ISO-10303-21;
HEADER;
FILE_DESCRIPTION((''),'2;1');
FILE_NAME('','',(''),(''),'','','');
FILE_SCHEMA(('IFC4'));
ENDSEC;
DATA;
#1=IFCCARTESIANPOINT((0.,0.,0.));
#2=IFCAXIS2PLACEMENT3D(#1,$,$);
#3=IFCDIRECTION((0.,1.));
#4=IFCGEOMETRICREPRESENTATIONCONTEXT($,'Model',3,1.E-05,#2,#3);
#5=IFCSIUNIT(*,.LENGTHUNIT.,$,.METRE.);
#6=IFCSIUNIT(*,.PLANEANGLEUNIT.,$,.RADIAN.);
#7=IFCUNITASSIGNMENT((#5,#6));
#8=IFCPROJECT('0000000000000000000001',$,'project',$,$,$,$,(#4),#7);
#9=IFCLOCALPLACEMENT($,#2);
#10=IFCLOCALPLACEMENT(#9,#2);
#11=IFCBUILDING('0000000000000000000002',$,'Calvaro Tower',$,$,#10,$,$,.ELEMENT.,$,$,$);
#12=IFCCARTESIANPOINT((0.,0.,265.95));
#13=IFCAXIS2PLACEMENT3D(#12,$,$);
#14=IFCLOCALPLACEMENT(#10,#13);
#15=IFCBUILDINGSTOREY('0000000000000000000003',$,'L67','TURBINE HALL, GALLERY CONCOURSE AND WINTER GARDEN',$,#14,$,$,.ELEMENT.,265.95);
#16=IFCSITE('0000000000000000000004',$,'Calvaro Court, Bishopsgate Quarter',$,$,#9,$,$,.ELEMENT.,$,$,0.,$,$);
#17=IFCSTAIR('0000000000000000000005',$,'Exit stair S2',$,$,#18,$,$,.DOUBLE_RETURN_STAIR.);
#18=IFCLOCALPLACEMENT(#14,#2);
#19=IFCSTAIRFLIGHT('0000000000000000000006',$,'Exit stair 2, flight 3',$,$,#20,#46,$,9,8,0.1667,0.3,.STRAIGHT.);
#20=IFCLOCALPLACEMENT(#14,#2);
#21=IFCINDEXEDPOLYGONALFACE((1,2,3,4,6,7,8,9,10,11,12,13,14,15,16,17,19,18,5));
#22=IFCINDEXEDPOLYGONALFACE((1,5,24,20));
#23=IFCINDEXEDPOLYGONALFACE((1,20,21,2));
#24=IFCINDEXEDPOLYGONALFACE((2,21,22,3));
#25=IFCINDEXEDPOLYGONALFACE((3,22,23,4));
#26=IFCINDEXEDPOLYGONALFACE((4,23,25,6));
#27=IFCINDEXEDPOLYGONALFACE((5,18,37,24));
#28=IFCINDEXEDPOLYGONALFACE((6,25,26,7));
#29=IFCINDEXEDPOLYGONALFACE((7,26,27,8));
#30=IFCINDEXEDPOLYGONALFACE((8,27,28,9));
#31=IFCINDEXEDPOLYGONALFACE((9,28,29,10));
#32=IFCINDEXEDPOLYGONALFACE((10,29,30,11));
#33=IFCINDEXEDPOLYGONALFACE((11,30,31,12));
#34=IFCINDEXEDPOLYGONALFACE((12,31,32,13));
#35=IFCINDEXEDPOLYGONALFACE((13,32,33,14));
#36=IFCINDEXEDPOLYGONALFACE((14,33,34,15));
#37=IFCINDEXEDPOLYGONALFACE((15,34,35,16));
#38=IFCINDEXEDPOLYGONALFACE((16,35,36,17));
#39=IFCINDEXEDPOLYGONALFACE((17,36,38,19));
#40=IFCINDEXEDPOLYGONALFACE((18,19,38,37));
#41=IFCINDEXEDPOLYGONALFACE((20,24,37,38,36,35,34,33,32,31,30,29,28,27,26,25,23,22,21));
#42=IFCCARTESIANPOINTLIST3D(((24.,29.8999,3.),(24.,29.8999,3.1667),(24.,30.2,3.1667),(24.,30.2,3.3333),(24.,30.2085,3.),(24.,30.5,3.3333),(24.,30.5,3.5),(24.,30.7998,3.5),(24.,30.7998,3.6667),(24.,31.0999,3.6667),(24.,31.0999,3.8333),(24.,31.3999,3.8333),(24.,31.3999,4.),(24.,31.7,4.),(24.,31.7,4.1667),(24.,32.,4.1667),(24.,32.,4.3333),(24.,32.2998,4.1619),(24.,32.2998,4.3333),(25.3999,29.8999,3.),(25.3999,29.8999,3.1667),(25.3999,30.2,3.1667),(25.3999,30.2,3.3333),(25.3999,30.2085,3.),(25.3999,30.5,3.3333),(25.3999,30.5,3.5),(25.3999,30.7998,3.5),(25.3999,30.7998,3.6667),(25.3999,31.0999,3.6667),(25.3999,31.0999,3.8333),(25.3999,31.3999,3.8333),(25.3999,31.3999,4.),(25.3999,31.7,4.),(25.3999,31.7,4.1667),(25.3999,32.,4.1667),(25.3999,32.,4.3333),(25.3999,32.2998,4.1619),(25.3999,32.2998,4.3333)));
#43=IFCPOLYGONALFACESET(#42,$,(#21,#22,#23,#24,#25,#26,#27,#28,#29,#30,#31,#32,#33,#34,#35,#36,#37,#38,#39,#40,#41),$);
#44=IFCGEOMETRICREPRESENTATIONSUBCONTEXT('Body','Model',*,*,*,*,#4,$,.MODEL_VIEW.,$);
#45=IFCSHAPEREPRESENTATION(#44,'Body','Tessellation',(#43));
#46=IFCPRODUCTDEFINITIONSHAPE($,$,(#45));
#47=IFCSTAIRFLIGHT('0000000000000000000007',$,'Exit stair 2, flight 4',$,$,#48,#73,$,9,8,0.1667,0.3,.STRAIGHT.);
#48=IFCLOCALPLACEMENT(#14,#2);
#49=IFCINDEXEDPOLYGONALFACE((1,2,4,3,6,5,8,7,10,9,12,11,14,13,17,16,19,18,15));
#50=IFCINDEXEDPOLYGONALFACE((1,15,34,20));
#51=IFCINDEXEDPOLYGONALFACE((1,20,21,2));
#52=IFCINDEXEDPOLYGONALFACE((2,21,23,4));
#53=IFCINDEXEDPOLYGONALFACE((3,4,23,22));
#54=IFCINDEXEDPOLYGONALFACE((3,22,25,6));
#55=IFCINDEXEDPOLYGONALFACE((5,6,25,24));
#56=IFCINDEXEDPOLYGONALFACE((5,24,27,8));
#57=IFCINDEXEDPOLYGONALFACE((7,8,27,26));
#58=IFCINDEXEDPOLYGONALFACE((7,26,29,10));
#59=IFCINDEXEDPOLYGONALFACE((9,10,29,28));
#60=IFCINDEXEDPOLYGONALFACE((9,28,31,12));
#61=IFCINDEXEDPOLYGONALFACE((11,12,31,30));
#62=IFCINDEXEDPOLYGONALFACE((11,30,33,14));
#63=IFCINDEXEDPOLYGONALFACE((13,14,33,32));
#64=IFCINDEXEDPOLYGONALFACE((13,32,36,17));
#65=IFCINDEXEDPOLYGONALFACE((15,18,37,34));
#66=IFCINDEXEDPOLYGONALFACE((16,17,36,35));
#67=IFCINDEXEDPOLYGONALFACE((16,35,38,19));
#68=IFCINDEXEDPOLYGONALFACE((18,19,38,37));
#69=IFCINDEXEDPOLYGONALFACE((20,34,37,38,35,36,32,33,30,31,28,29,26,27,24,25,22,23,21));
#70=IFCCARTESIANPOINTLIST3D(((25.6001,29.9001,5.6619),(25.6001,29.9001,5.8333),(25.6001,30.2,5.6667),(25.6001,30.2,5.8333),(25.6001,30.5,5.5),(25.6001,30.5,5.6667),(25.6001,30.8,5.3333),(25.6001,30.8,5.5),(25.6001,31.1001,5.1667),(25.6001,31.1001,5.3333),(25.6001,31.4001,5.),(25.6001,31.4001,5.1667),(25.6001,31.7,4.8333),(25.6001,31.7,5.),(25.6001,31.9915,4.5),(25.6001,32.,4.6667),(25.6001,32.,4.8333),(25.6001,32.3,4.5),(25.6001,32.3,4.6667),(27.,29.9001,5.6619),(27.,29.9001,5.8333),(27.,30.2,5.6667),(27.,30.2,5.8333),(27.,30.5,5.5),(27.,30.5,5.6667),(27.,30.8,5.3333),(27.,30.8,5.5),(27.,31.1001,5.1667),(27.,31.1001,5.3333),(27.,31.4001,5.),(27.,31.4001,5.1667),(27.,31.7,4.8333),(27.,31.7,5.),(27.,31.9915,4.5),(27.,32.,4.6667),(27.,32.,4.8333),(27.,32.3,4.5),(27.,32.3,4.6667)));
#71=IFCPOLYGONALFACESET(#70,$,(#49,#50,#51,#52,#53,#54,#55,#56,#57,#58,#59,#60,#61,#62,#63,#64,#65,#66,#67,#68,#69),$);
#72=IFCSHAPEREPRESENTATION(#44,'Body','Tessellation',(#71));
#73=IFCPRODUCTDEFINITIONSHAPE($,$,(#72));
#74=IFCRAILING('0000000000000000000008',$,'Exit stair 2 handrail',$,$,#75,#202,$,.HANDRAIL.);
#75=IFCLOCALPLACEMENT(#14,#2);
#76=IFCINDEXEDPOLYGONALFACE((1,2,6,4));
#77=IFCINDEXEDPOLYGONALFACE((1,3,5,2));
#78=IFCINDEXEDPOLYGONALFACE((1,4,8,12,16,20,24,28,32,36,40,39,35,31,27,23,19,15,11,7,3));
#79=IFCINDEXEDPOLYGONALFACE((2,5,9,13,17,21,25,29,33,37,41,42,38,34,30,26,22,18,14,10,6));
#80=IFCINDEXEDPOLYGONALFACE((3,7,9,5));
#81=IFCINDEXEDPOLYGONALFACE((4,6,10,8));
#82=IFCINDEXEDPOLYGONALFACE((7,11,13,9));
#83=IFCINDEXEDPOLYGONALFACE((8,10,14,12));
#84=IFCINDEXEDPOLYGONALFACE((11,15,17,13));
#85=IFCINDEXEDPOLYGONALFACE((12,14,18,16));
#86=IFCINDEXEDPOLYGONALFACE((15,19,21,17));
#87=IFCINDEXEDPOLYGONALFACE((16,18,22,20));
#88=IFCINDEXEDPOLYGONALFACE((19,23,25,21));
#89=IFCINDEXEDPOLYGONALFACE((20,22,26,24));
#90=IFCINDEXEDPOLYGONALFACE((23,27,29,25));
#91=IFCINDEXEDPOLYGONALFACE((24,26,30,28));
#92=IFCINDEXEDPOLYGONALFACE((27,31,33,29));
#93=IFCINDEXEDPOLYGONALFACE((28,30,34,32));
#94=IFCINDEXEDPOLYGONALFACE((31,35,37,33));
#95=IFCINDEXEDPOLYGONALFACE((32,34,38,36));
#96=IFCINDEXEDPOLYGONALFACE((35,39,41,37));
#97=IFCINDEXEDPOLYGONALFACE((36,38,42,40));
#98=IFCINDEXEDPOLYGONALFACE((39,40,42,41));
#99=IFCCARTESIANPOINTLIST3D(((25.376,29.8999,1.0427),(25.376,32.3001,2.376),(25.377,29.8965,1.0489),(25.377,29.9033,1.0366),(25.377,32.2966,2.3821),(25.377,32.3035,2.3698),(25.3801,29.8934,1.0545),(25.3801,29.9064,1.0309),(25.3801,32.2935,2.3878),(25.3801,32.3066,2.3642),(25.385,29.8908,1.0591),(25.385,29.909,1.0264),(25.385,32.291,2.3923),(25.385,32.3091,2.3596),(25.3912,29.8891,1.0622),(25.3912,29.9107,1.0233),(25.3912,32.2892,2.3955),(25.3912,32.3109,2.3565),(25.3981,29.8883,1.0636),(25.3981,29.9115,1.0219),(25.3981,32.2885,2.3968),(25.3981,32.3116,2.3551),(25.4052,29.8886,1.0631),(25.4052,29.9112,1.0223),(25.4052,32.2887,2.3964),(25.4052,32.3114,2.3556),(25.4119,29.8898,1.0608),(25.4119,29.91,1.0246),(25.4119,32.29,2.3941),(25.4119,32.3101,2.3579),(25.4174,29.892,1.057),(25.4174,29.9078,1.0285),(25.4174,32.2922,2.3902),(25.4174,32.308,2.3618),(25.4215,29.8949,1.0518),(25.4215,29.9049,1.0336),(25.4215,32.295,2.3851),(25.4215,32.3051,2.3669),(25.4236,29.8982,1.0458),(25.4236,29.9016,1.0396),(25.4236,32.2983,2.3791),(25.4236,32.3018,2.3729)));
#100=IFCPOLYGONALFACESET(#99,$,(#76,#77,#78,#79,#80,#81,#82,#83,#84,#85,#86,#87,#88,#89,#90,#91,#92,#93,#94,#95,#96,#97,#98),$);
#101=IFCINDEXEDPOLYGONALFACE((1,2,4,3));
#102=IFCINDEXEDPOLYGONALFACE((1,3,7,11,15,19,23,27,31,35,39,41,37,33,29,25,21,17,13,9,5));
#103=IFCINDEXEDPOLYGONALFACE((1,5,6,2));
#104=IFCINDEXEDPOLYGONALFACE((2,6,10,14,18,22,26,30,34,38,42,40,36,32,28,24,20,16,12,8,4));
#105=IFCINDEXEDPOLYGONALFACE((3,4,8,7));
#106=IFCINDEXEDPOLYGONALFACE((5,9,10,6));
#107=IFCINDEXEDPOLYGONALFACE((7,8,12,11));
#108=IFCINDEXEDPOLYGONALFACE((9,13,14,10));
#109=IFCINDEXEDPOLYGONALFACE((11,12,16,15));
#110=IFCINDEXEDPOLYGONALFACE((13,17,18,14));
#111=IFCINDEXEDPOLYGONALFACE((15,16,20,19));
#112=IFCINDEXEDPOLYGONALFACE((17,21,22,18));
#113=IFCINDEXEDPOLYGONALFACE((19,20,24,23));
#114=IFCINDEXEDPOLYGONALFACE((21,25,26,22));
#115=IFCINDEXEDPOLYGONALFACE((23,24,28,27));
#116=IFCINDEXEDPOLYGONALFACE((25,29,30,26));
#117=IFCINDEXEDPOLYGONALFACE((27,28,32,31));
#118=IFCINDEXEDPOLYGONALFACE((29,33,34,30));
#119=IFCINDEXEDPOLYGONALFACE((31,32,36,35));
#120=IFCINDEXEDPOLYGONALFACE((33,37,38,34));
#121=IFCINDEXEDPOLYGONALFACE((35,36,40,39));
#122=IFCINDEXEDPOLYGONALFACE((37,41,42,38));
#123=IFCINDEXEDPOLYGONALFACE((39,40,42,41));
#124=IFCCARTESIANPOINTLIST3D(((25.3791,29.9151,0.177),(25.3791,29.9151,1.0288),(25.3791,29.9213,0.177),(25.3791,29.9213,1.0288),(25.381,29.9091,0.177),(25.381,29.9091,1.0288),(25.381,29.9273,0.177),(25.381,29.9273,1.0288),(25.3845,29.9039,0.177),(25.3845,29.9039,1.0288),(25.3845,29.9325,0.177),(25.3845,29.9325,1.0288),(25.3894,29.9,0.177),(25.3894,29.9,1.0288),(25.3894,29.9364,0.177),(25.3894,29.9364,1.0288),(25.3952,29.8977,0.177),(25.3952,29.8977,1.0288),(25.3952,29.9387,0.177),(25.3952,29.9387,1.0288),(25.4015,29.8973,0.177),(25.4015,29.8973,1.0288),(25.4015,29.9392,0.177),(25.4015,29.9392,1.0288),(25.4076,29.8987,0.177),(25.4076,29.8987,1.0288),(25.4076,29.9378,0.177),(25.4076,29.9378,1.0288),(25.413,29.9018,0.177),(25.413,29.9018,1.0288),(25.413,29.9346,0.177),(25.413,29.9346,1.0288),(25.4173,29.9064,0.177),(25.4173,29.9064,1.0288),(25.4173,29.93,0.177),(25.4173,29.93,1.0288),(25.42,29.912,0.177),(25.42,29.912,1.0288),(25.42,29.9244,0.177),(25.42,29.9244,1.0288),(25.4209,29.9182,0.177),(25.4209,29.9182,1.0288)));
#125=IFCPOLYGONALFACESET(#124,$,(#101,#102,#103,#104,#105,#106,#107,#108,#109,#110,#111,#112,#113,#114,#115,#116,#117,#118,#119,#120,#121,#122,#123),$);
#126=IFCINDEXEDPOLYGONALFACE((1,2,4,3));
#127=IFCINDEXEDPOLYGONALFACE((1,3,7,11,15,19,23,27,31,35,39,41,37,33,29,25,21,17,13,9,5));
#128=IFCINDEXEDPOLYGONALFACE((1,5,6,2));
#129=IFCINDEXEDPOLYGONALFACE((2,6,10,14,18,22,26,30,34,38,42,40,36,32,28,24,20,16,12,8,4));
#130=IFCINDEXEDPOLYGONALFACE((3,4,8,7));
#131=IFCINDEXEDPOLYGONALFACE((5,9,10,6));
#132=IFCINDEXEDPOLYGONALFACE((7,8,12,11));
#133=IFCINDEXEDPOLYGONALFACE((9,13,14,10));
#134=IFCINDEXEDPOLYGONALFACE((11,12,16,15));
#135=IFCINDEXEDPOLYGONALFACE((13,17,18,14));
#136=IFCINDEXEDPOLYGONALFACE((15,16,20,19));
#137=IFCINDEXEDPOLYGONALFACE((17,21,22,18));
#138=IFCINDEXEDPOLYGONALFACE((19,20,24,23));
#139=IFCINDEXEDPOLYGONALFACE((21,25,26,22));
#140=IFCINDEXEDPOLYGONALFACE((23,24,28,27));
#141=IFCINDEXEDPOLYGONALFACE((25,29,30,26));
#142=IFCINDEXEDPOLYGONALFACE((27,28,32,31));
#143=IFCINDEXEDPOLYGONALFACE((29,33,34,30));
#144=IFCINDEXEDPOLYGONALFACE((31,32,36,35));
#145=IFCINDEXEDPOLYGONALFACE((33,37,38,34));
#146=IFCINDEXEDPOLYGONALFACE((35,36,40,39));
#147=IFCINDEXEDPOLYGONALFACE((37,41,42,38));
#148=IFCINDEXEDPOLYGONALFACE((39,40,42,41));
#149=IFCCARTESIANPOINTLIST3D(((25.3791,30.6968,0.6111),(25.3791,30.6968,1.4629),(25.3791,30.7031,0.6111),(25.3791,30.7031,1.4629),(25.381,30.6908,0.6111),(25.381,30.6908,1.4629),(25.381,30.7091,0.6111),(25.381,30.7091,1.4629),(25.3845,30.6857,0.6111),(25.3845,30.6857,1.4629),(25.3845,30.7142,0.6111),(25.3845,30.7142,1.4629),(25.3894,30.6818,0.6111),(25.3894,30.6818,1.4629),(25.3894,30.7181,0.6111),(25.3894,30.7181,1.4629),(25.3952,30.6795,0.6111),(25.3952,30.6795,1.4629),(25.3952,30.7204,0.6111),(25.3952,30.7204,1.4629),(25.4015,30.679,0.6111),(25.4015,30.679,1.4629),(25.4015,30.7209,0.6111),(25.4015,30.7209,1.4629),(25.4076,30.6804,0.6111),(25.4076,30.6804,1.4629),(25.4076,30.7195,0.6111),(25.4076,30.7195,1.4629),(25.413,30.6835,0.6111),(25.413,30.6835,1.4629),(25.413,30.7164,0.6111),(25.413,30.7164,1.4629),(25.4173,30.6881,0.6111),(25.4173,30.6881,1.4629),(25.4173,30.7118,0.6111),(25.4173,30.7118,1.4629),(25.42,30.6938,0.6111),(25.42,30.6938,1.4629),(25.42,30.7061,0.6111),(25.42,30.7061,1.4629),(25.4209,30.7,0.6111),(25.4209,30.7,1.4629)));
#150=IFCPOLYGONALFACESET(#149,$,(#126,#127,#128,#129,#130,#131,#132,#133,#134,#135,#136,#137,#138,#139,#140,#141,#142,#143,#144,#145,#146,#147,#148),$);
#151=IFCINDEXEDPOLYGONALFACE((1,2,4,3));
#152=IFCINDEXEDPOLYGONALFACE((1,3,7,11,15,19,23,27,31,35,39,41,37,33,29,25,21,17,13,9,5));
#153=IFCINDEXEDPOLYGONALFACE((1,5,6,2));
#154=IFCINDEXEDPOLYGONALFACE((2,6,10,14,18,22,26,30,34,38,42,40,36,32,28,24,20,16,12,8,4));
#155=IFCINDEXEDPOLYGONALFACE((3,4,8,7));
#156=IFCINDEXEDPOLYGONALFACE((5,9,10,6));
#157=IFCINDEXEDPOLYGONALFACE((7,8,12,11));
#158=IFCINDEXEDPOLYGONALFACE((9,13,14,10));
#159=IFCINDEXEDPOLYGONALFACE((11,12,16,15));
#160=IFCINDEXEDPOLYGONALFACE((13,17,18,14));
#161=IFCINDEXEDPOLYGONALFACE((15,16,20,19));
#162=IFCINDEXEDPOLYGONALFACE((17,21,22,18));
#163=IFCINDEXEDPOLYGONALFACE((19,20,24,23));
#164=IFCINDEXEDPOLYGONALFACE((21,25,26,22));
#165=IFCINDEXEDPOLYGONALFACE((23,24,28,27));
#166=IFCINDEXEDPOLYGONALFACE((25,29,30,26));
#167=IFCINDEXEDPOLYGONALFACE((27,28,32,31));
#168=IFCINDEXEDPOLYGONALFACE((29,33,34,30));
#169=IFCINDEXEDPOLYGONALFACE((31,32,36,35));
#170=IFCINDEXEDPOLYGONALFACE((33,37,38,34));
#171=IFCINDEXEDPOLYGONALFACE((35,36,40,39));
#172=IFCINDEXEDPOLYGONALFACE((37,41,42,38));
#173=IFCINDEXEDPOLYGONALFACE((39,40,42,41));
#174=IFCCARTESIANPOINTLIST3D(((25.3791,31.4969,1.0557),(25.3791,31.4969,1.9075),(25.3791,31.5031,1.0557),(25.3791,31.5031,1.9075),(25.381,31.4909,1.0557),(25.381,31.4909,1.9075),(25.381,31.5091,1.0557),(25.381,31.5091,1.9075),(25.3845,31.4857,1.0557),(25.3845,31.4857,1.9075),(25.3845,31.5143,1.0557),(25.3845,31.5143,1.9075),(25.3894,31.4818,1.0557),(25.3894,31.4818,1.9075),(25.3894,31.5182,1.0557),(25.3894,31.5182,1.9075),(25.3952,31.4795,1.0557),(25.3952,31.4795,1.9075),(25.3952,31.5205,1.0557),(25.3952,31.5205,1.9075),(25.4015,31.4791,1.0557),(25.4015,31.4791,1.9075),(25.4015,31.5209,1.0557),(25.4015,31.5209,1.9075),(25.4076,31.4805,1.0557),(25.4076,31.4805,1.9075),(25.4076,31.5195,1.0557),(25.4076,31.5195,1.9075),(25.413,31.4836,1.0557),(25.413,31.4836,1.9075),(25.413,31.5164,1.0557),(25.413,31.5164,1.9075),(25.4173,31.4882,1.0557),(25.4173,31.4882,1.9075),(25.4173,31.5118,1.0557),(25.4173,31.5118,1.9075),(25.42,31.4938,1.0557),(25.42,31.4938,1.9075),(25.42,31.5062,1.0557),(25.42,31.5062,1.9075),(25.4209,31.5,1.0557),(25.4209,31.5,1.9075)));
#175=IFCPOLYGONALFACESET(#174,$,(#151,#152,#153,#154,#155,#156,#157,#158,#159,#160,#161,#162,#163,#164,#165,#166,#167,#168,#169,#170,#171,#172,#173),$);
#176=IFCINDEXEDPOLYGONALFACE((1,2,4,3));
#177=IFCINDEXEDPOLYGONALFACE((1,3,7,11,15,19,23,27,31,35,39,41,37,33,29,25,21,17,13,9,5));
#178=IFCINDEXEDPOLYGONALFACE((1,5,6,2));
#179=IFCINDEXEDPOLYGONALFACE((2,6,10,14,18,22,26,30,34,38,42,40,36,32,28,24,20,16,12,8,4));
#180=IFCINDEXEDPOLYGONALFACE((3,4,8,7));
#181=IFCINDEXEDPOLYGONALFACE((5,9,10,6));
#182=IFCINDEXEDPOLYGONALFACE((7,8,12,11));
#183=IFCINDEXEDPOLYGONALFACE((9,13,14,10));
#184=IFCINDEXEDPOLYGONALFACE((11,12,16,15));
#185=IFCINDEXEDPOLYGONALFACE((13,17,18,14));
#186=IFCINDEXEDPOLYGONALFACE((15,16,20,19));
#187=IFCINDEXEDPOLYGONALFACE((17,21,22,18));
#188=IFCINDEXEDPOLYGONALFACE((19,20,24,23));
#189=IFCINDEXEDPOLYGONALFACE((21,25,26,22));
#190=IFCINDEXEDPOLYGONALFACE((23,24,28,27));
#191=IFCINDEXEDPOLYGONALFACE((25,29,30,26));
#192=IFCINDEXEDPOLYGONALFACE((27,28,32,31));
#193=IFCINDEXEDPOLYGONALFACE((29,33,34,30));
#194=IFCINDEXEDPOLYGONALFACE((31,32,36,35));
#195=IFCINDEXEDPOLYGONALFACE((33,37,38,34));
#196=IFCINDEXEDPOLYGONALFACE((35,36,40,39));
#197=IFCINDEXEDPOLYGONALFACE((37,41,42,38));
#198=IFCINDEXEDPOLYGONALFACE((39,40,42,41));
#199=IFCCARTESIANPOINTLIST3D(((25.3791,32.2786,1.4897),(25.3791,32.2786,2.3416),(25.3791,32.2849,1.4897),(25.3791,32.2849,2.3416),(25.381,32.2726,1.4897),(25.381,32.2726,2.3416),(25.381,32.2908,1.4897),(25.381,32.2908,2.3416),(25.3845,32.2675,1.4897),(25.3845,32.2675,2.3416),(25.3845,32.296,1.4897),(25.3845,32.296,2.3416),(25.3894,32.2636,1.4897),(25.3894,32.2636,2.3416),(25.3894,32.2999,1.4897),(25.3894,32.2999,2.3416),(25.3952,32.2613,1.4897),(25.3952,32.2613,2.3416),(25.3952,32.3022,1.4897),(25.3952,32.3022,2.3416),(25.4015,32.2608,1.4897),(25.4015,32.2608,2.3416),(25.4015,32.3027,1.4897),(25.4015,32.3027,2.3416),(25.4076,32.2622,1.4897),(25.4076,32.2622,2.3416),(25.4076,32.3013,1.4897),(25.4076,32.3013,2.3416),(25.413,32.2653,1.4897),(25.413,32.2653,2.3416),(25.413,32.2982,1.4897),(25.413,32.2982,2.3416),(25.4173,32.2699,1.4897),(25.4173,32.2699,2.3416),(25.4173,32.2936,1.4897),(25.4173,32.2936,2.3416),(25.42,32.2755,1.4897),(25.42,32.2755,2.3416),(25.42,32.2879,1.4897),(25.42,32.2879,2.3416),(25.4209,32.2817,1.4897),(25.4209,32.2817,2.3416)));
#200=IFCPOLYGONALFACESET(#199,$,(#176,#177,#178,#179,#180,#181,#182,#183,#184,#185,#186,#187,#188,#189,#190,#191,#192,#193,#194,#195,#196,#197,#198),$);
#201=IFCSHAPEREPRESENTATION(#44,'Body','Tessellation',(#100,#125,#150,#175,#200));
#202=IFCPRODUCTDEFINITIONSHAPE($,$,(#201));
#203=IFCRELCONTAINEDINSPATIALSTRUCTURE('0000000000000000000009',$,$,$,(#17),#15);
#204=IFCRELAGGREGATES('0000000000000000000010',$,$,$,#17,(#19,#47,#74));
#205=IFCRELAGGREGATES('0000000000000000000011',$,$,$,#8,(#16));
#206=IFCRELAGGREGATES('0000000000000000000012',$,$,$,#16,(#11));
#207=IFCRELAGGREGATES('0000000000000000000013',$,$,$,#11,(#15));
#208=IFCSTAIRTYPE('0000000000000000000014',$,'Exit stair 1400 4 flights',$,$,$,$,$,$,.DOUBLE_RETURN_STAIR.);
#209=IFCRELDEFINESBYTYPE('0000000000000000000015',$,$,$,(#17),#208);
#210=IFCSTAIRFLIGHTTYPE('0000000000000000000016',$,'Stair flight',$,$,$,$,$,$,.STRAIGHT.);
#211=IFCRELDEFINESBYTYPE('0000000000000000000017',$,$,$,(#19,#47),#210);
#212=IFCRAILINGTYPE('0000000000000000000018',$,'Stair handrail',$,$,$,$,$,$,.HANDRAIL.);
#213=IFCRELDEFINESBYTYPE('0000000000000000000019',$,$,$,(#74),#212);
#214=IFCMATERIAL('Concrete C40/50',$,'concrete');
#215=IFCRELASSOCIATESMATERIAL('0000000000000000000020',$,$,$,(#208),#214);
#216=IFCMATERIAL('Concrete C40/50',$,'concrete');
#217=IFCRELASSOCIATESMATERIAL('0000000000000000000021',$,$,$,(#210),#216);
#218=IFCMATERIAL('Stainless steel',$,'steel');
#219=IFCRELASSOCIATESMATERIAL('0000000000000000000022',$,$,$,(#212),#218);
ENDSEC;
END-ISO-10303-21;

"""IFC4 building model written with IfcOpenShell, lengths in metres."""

from ifc_helpers import new_model, si_unit, direction, frame, origin, origin_2d, place, context, subcontext, project, spatial, polyline, circle, outline, extrude, material, type_object, element, aggregate, save


model = new_model("IFC4")

# Units and contexts
model_context = context("Model", 3, precision=1e-05, world=origin(), true_north=direction((0.0, 1.0)))
body_context = subcontext(model_context, "Body", "Model", "MODEL_VIEW")
ifc_project = project(units=[si_unit("LENGTHUNIT", "METRE"), si_unit("PLANEANGLEUNIT", "RADIAN")], contexts=[model_context])

# Site, building, storey
site_placement = place(None, origin())
site = spatial("IfcSite", under=ifc_project, at=site_placement, Name="Calvaro Court, Bishopsgate Quarter", CompositionType="ELEMENT", RefElevation=0.0)
building_placement = place(site_placement, origin())
building = spatial("IfcBuilding", under=site, at=building_placement, Name="Calvaro Tower", CompositionType="ELEMENT")
storey_placement = place(building_placement, frame((0.0, 0.0, 265.95)))
storey = spatial("IfcBuildingStorey", under=building, at=storey_placement, Name="L67", Description="TURBINE HALL, GALLERY CONCOURSE AND WINTER GARDEN", CompositionType="ELEMENT", Elevation=265.95)

# Stair, stair flights, railing
ifc_material_1 = material(Name="Concrete C40/50", Category="concrete")
stair_type = type_object("IfcStairType", Name="Exit stair 1400 4 flights", PredefinedType="DOUBLE_RETURN_STAIR", material=ifc_material_1)
stair_placement = place(storey_placement, origin())
stair = element("IfcStair", 1, at=stair_placement, inside=storey, type_object=stair_type, Name="Exit stair S2", PredefinedType="DOUBLE_RETURN_STAIR")
ifc_material_2 = material(Name="Concrete C40/50", Category="concrete")
stair_flight_type = type_object("IfcStairFlightType", Name="Stair flight", PredefinedType="STRAIGHT", material=ifc_material_2)
stair_flight_1_placement = place(storey_placement, frame((24.7, 29.8999, 3.0), z_axis=(0.0, 0.0, 1.0), x_axis=(0.0, 1.0, 0.0)))
stair_flight_1 = element("IfcStairFlight", 2, at=stair_flight_1_placement, type_object=stair_flight_type, Name="Exit stair 2, flight 3", NumberOfRisers=9, NumberOfTreads=8, PredefinedType="STRAIGHT", RiserHeight=0.1667, TreadLength=0.3, context=body_context, shape_type="SweptSolid", body=[
    extrude(outline(polyline([(0.0, 0.0), (0.0, 0.1667), (0.3, 0.1667), (0.3, 0.3333), (0.6001, 0.3333), (0.6001, 0.5), (0.8999, 0.5), (0.8999, 0.6667), (1.2, 0.6667), (1.2, 0.8333), (1.5, 0.8333), (1.5, 1.0), (1.8, 1.0), (1.8, 1.1667), (2.1001, 1.1667), (2.1001, 1.3333), (2.3999, 1.3333), (2.3999, 1.5), (2.3999, 1.1619), (0.3086, 0.0), (0.0, 0.0)])), frame((0.0, 0.7, 0.0), z_axis=(0.0, -1.0, 0.0), x_axis=(1.0, 0.0, 0.0)), (0.0, 0.0, 1.0), 1.3999),
])
stair_flight_2_placement = place(storey_placement, frame((26.3, 32.3, 4.5), z_axis=(0.0, 0.0, 1.0), x_axis=(0.0, -1.0, 0.0)))
stair_flight_2 = element("IfcStairFlight", 3, at=stair_flight_2_placement, type_object=stair_flight_type, Name="Exit stair 2, flight 4", NumberOfRisers=9, NumberOfTreads=8, PredefinedType="STRAIGHT", RiserHeight=0.1667, TreadLength=0.3, context=body_context, shape_type="SweptSolid", body=[
    extrude(outline(polyline([(0.0, 0.0), (0.0, 0.1667), (0.3, 0.1667), (0.3, 0.3333), (0.6001, 0.3333), (0.6001, 0.5), (0.8999, 0.5), (0.8999, 0.6667), (1.2, 0.6667), (1.2, 0.8333), (1.5, 0.8333), (1.5, 1.0), (1.8, 1.0), (1.8, 1.1667), (2.1001, 1.1667), (2.1001, 1.3333), (2.3999, 1.3333), (2.3999, 1.5), (2.3999, 1.1619), (0.3086, 0.0), (0.0, 0.0)])), frame((0.0, 0.7, 0.0), z_axis=(0.0, -1.0, 0.0), x_axis=(1.0, 0.0, 0.0)), (0.0, 0.0, 1.0), 1.3999),
])
ifc_material_3 = material(Name="Stainless steel", Category="steel")
railing_type = type_object("IfcRailingType", Name="Stair handrail", PredefinedType="HANDRAIL", material=ifc_material_3)
railing_1_placement = place(storey_placement, frame((25.3999, 29.8999, 0.1667)))
railing_1 = element("IfcRailing", 4, at=railing_1_placement, type_object=railing_type, Name="Exit stair 2 handrail", PredefinedType="HANDRAIL", context=body_context, shape_type="SweptSolid", body=[
    extrude(circle(Radius=0.0239, at=origin_2d()), frame((0.0, 0.0, 0.876), z_axis=(0.0, 0.874182, 0.485598), x_axis=(-1.0, 0.0, 0.0)), (0.0, 0.0, 1.0), 2.7456),
    extrude(circle(Radius=0.021, at=origin_2d()), frame((0.0, 0.0183, 0.0103)), (0.0, 0.0, 1.0), 0.8518),
    extrude(circle(Radius=0.021, at=origin_2d()), frame((0.0, 0.8, 0.4443)), (0.0, 0.0, 1.0), 0.8518),
    extrude(circle(Radius=0.021, at=origin_2d()), frame((0.0, 1.6001, 0.8889)), (0.0, 0.0, 1.0), 0.8518),
    extrude(circle(Radius=0.021, at=origin_2d()), frame((0.0, 2.3818, 1.323)), (0.0, 0.0, 1.0), 0.8518),
])
aggregate(stair, [stair_flight_1, stair_flight_2, railing_1])

save(model, "model.ifc")
